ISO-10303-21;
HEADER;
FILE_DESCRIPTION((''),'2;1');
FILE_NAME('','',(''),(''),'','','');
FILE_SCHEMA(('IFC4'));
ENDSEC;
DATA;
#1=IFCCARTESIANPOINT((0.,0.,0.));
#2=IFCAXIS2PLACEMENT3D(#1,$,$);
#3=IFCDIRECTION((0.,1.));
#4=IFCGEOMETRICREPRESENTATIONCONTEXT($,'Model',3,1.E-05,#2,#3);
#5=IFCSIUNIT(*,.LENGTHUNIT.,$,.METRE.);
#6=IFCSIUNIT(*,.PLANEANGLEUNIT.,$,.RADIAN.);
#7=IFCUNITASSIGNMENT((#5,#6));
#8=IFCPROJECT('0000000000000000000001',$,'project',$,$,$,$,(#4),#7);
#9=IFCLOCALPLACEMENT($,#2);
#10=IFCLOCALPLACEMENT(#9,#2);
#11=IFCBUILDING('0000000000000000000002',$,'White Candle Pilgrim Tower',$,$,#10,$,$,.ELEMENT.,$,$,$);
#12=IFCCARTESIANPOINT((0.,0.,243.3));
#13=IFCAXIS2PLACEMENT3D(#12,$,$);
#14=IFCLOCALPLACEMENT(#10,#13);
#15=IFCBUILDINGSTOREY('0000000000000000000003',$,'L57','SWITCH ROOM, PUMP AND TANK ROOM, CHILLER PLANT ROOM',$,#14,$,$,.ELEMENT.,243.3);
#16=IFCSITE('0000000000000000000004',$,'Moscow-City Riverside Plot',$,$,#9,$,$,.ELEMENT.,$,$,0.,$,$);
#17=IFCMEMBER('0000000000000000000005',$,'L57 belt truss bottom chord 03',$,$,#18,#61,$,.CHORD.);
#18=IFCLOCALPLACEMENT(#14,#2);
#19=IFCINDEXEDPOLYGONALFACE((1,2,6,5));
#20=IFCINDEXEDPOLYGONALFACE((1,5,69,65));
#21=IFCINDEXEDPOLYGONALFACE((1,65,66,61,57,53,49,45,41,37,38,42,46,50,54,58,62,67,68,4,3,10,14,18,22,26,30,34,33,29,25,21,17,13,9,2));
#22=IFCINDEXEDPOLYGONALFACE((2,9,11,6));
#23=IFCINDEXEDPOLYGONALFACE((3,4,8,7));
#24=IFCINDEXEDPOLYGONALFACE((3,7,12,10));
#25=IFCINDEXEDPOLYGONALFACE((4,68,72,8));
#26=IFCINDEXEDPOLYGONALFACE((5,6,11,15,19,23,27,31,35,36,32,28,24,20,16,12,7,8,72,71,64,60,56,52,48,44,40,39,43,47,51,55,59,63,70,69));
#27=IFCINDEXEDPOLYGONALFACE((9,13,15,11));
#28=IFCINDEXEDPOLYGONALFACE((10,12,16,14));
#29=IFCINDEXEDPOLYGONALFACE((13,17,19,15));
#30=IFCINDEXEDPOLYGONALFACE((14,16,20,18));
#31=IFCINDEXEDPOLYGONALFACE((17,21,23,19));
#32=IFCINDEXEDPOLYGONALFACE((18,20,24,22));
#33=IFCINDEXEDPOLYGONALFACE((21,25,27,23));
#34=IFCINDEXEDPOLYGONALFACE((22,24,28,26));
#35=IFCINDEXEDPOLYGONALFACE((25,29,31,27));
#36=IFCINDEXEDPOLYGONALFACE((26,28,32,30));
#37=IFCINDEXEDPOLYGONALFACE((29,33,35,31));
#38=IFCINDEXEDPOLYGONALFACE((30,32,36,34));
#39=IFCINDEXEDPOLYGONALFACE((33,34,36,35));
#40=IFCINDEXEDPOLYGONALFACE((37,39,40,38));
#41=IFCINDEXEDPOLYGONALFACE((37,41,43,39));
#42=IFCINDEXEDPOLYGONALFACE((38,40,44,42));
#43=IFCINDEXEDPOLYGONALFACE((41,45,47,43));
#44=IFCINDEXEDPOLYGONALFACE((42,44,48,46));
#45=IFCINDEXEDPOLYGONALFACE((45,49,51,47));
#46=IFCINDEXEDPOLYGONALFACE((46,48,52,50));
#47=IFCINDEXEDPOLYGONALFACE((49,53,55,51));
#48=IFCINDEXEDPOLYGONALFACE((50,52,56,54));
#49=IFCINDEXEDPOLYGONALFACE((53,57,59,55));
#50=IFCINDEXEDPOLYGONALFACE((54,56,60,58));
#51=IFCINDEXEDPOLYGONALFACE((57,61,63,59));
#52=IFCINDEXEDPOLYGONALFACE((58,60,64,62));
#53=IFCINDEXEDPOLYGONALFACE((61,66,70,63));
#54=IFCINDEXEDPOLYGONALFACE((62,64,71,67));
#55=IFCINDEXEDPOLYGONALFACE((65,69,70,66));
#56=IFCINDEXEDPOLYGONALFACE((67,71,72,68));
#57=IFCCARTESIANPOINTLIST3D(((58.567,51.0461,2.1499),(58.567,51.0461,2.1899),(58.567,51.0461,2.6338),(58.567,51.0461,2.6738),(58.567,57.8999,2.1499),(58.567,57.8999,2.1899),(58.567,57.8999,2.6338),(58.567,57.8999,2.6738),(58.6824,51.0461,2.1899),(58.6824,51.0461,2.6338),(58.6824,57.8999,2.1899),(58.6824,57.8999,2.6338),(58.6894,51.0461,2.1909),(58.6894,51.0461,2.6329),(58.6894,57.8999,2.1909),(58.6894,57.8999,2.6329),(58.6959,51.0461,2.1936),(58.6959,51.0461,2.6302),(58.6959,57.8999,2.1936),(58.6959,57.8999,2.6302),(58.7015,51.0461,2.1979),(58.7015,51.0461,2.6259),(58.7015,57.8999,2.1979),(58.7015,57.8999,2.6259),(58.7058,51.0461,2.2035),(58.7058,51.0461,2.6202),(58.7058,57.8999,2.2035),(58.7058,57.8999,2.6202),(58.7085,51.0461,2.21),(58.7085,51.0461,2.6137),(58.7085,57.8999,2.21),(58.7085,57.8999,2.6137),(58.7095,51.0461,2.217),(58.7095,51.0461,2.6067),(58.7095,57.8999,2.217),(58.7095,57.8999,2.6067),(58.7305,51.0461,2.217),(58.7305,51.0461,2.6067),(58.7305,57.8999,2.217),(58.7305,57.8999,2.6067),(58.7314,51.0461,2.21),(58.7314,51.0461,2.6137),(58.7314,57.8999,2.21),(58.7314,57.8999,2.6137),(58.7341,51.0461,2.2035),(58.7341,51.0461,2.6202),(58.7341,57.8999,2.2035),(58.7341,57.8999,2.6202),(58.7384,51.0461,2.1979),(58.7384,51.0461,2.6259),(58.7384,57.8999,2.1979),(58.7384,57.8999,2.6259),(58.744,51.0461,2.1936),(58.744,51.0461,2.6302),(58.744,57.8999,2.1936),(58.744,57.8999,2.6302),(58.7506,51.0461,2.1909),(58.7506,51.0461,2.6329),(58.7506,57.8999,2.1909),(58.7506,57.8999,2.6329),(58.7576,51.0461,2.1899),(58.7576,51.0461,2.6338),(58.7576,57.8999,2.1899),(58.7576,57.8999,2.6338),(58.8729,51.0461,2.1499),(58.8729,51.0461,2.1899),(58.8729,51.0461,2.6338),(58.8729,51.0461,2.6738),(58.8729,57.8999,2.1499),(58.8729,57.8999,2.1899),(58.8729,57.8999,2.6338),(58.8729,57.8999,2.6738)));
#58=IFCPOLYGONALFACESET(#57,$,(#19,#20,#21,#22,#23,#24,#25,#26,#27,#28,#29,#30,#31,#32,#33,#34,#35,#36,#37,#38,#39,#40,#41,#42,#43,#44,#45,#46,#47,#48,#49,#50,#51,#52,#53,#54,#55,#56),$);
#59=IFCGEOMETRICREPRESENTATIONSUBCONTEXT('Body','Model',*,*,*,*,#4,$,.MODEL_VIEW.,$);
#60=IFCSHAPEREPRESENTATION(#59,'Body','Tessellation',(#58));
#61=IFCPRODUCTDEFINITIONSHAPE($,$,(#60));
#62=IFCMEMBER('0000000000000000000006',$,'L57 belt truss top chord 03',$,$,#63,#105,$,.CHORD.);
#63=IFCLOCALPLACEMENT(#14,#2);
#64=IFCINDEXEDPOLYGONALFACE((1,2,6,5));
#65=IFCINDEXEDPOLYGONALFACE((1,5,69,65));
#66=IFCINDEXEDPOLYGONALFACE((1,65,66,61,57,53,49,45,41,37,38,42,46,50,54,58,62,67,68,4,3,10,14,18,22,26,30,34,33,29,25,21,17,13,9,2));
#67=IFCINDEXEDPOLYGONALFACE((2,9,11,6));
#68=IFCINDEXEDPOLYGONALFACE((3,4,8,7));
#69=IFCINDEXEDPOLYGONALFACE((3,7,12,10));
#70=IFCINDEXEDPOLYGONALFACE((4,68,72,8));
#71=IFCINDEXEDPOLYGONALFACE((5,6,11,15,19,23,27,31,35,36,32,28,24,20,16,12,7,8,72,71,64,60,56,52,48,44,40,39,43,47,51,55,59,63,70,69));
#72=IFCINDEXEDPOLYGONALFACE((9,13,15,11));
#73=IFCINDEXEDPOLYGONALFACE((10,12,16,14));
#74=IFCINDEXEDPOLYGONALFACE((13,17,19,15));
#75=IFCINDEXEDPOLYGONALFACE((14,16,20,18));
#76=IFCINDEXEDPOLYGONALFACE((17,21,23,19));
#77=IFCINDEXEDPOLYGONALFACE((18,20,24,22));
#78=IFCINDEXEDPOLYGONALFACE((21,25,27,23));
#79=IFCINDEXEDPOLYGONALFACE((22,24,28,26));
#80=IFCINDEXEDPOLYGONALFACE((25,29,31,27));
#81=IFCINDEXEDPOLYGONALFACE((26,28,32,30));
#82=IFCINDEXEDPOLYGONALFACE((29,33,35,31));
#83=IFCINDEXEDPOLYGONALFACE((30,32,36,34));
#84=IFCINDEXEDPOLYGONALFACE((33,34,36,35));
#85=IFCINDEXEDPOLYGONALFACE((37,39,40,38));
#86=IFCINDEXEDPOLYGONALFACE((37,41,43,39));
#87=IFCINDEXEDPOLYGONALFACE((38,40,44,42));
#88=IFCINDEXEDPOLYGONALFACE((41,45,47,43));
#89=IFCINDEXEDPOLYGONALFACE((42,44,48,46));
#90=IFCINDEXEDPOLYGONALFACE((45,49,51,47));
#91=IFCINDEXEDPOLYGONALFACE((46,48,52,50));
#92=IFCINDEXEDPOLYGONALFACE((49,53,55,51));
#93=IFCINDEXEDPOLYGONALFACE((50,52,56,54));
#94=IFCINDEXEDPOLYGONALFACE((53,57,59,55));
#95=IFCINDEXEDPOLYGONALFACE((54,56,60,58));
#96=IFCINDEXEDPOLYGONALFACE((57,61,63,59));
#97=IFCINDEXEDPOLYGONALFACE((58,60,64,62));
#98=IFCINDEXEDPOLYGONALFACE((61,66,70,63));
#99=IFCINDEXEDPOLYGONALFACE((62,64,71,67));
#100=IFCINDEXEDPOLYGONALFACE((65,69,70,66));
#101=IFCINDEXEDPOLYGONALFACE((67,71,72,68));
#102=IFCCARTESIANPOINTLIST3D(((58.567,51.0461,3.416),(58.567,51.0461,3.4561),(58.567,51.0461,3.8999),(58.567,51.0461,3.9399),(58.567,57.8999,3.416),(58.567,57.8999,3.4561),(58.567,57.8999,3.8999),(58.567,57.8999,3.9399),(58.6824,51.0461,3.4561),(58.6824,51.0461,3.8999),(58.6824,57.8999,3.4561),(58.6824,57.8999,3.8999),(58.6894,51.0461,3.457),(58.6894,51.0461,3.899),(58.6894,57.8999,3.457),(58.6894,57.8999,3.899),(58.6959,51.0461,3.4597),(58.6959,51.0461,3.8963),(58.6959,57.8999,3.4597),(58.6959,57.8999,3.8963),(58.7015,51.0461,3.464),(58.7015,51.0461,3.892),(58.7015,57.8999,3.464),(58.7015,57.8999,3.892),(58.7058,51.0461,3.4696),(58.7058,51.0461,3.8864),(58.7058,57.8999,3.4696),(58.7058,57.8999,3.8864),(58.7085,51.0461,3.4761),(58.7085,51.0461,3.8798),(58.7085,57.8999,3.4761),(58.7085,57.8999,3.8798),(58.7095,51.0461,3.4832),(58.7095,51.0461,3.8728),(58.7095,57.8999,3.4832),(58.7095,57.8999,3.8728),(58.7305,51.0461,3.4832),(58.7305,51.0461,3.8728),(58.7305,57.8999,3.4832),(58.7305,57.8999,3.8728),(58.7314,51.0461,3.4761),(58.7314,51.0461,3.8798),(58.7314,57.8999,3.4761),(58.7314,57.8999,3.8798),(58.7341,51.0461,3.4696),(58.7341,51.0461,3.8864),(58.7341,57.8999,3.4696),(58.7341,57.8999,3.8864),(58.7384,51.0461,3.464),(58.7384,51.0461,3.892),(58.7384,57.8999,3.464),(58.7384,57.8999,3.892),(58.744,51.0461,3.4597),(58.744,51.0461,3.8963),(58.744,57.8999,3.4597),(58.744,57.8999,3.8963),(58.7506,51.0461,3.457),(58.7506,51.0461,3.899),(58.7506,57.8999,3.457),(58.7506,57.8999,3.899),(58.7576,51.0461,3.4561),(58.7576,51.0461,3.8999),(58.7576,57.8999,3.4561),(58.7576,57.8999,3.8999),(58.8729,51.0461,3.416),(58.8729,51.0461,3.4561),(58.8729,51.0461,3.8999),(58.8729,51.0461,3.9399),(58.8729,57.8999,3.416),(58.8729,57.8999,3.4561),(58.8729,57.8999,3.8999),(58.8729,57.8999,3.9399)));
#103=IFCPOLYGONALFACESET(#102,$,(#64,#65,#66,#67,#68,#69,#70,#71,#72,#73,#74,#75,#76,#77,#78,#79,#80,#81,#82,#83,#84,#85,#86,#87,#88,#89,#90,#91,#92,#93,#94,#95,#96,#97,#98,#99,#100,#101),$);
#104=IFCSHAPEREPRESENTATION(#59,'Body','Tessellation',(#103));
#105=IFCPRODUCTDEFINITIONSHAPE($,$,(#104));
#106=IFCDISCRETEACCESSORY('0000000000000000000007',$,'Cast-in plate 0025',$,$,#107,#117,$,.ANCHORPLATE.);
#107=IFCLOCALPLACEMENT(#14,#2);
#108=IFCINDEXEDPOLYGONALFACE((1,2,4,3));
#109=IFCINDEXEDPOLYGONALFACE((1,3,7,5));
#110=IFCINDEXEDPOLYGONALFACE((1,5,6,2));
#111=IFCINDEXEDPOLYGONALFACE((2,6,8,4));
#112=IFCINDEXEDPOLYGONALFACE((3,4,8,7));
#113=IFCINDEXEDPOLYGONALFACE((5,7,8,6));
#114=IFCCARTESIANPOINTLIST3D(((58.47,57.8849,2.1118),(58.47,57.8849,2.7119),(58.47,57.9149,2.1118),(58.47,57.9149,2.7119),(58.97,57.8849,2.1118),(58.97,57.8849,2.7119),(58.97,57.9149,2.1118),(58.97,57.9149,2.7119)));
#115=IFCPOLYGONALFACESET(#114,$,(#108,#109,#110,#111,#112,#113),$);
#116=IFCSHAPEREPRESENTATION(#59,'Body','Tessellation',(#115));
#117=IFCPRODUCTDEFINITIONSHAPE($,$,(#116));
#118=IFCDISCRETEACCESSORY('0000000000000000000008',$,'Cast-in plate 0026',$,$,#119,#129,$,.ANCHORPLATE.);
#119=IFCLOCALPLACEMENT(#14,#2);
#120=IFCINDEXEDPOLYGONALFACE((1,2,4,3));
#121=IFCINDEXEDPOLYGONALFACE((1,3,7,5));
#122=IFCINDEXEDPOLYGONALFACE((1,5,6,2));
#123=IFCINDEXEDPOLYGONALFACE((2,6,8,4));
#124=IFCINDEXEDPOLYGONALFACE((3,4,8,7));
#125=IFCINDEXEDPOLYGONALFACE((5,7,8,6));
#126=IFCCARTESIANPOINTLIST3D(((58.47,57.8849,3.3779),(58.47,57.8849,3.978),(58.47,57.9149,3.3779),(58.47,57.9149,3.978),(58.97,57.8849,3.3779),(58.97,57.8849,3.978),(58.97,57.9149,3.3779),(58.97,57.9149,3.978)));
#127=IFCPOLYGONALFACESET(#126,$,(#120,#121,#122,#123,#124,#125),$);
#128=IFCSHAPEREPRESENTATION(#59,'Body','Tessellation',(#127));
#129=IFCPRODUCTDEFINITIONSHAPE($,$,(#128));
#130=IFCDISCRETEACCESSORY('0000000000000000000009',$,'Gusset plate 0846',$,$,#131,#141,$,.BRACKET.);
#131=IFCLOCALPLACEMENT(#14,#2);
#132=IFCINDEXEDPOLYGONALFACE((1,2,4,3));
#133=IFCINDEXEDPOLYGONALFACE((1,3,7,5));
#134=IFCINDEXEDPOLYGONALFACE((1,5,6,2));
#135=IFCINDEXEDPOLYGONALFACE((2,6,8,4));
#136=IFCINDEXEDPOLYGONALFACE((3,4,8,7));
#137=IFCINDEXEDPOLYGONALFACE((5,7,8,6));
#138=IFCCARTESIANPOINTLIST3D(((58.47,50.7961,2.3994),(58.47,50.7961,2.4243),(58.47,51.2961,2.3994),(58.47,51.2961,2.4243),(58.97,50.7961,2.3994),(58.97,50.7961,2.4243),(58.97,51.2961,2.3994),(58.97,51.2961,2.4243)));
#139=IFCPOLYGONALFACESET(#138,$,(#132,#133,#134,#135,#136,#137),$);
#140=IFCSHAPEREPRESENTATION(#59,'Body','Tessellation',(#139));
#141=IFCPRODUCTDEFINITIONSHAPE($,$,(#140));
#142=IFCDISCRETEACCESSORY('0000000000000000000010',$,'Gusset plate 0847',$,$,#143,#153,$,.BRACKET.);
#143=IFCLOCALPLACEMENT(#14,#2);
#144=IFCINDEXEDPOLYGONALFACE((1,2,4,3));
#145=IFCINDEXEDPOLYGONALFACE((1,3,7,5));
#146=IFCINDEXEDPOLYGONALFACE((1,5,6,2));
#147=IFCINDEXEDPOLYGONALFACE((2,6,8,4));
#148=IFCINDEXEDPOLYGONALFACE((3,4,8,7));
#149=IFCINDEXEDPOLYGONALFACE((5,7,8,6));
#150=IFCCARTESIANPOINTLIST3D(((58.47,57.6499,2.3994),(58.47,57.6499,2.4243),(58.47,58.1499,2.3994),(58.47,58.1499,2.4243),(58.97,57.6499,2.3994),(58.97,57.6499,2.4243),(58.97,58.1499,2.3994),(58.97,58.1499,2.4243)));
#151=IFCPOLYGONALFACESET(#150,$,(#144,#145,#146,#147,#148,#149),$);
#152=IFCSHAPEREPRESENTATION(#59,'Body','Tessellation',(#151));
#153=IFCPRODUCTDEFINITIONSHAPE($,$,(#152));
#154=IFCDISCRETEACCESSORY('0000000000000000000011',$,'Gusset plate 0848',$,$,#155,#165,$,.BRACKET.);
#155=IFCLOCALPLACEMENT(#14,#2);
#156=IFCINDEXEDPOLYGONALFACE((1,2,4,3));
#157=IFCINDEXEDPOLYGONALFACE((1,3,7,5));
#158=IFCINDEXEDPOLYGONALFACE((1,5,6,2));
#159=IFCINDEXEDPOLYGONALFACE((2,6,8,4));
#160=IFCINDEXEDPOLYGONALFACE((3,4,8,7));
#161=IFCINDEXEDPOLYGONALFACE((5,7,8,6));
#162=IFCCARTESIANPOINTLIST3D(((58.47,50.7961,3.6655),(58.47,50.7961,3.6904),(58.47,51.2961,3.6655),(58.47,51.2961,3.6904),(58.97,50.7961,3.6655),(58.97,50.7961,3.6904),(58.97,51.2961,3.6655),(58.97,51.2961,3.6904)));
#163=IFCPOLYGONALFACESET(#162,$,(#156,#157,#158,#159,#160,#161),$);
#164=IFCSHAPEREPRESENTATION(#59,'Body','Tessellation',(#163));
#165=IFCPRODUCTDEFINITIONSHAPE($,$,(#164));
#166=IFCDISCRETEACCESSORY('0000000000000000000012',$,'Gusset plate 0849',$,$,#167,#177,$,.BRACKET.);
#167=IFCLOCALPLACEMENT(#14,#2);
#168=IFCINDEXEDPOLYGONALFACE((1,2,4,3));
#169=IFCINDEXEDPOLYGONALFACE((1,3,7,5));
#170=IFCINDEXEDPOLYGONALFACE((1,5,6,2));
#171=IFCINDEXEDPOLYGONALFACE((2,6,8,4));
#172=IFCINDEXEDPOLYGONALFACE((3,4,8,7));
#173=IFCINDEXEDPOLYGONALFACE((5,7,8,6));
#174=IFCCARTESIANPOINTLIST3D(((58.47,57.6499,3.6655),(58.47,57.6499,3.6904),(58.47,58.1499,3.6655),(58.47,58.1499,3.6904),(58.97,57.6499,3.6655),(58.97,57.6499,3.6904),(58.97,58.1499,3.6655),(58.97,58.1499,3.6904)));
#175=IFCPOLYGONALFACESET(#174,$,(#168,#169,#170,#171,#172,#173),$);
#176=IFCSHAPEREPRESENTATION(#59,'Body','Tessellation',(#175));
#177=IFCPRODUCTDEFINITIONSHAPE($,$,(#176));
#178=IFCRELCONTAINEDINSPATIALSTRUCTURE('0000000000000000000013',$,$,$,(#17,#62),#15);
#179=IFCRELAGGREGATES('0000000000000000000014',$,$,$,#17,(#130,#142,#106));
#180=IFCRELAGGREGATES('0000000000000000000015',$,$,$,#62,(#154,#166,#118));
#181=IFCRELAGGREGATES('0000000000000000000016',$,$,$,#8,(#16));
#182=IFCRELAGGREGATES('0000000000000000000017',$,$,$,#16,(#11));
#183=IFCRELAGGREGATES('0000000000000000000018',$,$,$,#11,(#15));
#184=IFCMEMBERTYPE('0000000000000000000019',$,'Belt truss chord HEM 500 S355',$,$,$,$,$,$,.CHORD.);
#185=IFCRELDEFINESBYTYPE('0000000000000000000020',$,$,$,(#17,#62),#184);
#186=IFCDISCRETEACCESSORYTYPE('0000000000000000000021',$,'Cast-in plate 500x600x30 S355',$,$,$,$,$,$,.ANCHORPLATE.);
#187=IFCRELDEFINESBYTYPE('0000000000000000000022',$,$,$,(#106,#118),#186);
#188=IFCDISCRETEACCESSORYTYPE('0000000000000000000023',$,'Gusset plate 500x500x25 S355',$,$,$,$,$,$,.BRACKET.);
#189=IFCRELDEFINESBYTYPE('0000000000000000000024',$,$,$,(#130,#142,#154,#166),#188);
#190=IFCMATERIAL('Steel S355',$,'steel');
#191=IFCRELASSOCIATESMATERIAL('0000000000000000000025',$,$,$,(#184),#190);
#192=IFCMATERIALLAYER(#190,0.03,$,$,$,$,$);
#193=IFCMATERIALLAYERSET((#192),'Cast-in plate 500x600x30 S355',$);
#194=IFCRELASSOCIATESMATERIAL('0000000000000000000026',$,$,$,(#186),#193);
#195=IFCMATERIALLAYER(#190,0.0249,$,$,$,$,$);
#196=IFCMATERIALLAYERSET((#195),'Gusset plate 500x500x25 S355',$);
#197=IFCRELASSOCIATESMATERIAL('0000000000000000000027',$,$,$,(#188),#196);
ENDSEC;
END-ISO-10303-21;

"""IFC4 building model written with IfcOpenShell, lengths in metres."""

from ifc_helpers import new_model, si_unit, direction, frame, origin, origin_2d, place, context, subcontext, project, spatial, rectangle, i_section, extrude, material, layer, layer_set, material_profile, profile_set, type_object, element, aggregate, save


model = new_model("IFC4")

# Units and contexts
model_context = context("Model", 3, precision=1e-05, world=origin(), true_north=direction((0.0, 1.0)))
body_context = subcontext(model_context, "Body", "Model", "MODEL_VIEW")
ifc_project = project(units=[si_unit("LENGTHUNIT", "METRE"), si_unit("PLANEANGLEUNIT", "RADIAN")], contexts=[model_context])

# Site, building, storey
site_placement = place(None, origin())
site = spatial("IfcSite", under=ifc_project, at=site_placement, Name="Moscow-City Riverside Plot", CompositionType="ELEMENT", RefElevation=0.0)
building_placement = place(site_placement, origin())
building = spatial("IfcBuilding", under=site, at=building_placement, Name="White Candle Pilgrim Tower", CompositionType="ELEMENT")
storey_placement = place(building_placement, frame((0.0, 0.0, 243.3)))
storey = spatial("IfcBuildingStorey", under=building, at=storey_placement, Name="L57", Description="SWITCH ROOM, PUMP AND TANK ROOM, CHILLER PLANT ROOM", CompositionType="ELEMENT", Elevation=243.3)

# Members
ifc_material_1 = material(Name="Steel S355", Category="steel")
ifc_material_profile_1 = material_profile(ifc_material_1, i_section(OverallWidth=0.3059, OverallDepth=0.5239, WebThickness=0.021, FlangeThickness=0.04, FilletRadius=0.0271, at=origin_2d()), Name="HEM 500")
ifc_profile_set_1 = profile_set([ifc_material_profile_1], Name="Steel S355")
member_type_1 = type_object("IfcMemberType", Name="Belt truss chord HEM 500 S355", PredefinedType="CHORD", material=ifc_profile_set_1)
member_1_placement = place(storey_placement, frame((58.72, 51.0461, 2.4119), z_axis=(0.0, 1.0, 0.0), x_axis=(1.0, 0.0, 0.0)))
member_1 = element("IfcMember", 1, at=member_1_placement, inside=storey, type_object=member_type_1, Name="L57 belt truss bottom chord 03", PredefinedType="CHORD", context=body_context, shape_type="SweptSolid", body=[
    extrude(i_section(OverallWidth=0.3059, OverallDepth=0.5239, WebThickness=0.021, FlangeThickness=0.04, FilletRadius=0.0271, at=origin_2d()), origin(), (0.0, 0.0, 1.0), 6.8538),
])
member_2_placement = place(storey_placement, frame((58.72, 51.0461, 3.678), z_axis=(0.0, 1.0, 0.0), x_axis=(1.0, 0.0, 0.0)))
member_2 = element("IfcMember", 2, at=member_2_placement, inside=storey, type_object=member_type_1, Name="L57 belt truss top chord 03", PredefinedType="CHORD", context=body_context, shape_type="SweptSolid", body=[
    extrude(i_section(OverallWidth=0.3059, OverallDepth=0.5239, WebThickness=0.021, FlangeThickness=0.04, FilletRadius=0.0271, at=origin_2d()), origin(), (0.0, 0.0, 1.0), 6.8538),
])

# Discrete accessories
ifc_layer_1 = layer(ifc_material_1, 0.03)
ifc_layer_set_1 = layer_set([ifc_layer_1], Name="Cast-in plate 500x600x30 S355")
discrete_accessory_type_1 = type_object("IfcDiscreteAccessoryType", Name="Cast-in plate 500x600x30 S355", PredefinedType="ANCHORPLATE", material=ifc_layer_set_1)
discrete_accessory_1_placement = place(storey_placement, frame((58.72, 57.8999, 2.1118), z_axis=(0.0, 0.0, 1.0), x_axis=(0.0, -1.0, 0.0)))
discrete_accessory_1 = element("IfcDiscreteAccessory", 3, at=discrete_accessory_1_placement, type_object=discrete_accessory_type_1, Name="Cast-in plate 0025", PredefinedType="ANCHORPLATE", context=body_context, shape_type="SweptSolid", body=[
    extrude(rectangle(XDim=0.03, YDim=0.5, at=origin_2d()), origin(), (0.0, 0.0, 1.0), 0.6001),
])
discrete_accessory_2_placement = place(storey_placement, frame((58.72, 57.8999, 3.3779), z_axis=(0.0, 0.0, 1.0), x_axis=(0.0, -1.0, 0.0)))
discrete_accessory_2 = element("IfcDiscreteAccessory", 4, at=discrete_accessory_2_placement, type_object=discrete_accessory_type_1, Name="Cast-in plate 0026", PredefinedType="ANCHORPLATE", context=body_context, shape_type="SweptSolid", body=[
    extrude(rectangle(XDim=0.03, YDim=0.5, at=origin_2d()), origin(), (0.0, 0.0, 1.0), 0.6001),
])
ifc_layer_2 = layer(ifc_material_1, 0.0249)
ifc_layer_set_2 = layer_set([ifc_layer_2], Name="Gusset plate 500x500x25 S355")
discrete_accessory_type_2 = type_object("IfcDiscreteAccessoryType", Name="Gusset plate 500x500x25 S355", PredefinedType="BRACKET", material=ifc_layer_set_2)
discrete_accessory_3_placement = place(storey_placement, frame((58.72, 51.0461, 2.3994), z_axis=(0.0, 0.0, 1.0), x_axis=(1.0, 0.0, 0.0)))
discrete_accessory_3 = element("IfcDiscreteAccessory", 5, at=discrete_accessory_3_placement, type_object=discrete_accessory_type_2, Name="Gusset plate 0846", PredefinedType="BRACKET", context=body_context, shape_type="SweptSolid", body=[
    extrude(rectangle(XDim=0.5, YDim=0.5, at=origin_2d()), origin(), (0.0, 0.0, 1.0), 0.0249),
])
discrete_accessory_4_placement = place(storey_placement, frame((58.72, 57.8999, 2.3994), z_axis=(0.0, 0.0, 1.0), x_axis=(1.0, 0.0, 0.0)))
discrete_accessory_4 = element("IfcDiscreteAccessory", 6, at=discrete_accessory_4_placement, type_object=discrete_accessory_type_2, Name="Gusset plate 0847", PredefinedType="BRACKET", context=body_context, shape_type="SweptSolid", body=[
    extrude(rectangle(XDim=0.5, YDim=0.5, at=origin_2d()), origin(), (0.0, 0.0, 1.0), 0.0249),
])
aggregate(member_1, [discrete_accessory_3, discrete_accessory_4, discrete_accessory_1])
discrete_accessory_5_placement = place(storey_placement, frame((58.72, 51.0461, 3.6655), z_axis=(0.0, 0.0, 1.0), x_axis=(1.0, 0.0, 0.0)))
discrete_accessory_5 = element("IfcDiscreteAccessory", 7, at=discrete_accessory_5_placement, type_object=discrete_accessory_type_2, Name="Gusset plate 0848", PredefinedType="BRACKET", context=body_context, shape_type="SweptSolid", body=[
    extrude(rectangle(XDim=0.5, YDim=0.5, at=origin_2d()), origin(), (0.0, 0.0, 1.0), 0.0249),
])
discrete_accessory_6_placement = place(storey_placement, frame((58.72, 57.8999, 3.6655), z_axis=(0.0, 0.0, 1.0), x_axis=(1.0, 0.0, 0.0)))
discrete_accessory_6 = element("IfcDiscreteAccessory", 8, at=discrete_accessory_6_placement, type_object=discrete_accessory_type_2, Name="Gusset plate 0849", PredefinedType="BRACKET", context=body_context, shape_type="SweptSolid", body=[
    extrude(rectangle(XDim=0.5, YDim=0.5, at=origin_2d()), origin(), (0.0, 0.0, 1.0), 0.0249),
])
aggregate(member_2, [discrete_accessory_5, discrete_accessory_6, discrete_accessory_2])

save(model, "model.ifc")
